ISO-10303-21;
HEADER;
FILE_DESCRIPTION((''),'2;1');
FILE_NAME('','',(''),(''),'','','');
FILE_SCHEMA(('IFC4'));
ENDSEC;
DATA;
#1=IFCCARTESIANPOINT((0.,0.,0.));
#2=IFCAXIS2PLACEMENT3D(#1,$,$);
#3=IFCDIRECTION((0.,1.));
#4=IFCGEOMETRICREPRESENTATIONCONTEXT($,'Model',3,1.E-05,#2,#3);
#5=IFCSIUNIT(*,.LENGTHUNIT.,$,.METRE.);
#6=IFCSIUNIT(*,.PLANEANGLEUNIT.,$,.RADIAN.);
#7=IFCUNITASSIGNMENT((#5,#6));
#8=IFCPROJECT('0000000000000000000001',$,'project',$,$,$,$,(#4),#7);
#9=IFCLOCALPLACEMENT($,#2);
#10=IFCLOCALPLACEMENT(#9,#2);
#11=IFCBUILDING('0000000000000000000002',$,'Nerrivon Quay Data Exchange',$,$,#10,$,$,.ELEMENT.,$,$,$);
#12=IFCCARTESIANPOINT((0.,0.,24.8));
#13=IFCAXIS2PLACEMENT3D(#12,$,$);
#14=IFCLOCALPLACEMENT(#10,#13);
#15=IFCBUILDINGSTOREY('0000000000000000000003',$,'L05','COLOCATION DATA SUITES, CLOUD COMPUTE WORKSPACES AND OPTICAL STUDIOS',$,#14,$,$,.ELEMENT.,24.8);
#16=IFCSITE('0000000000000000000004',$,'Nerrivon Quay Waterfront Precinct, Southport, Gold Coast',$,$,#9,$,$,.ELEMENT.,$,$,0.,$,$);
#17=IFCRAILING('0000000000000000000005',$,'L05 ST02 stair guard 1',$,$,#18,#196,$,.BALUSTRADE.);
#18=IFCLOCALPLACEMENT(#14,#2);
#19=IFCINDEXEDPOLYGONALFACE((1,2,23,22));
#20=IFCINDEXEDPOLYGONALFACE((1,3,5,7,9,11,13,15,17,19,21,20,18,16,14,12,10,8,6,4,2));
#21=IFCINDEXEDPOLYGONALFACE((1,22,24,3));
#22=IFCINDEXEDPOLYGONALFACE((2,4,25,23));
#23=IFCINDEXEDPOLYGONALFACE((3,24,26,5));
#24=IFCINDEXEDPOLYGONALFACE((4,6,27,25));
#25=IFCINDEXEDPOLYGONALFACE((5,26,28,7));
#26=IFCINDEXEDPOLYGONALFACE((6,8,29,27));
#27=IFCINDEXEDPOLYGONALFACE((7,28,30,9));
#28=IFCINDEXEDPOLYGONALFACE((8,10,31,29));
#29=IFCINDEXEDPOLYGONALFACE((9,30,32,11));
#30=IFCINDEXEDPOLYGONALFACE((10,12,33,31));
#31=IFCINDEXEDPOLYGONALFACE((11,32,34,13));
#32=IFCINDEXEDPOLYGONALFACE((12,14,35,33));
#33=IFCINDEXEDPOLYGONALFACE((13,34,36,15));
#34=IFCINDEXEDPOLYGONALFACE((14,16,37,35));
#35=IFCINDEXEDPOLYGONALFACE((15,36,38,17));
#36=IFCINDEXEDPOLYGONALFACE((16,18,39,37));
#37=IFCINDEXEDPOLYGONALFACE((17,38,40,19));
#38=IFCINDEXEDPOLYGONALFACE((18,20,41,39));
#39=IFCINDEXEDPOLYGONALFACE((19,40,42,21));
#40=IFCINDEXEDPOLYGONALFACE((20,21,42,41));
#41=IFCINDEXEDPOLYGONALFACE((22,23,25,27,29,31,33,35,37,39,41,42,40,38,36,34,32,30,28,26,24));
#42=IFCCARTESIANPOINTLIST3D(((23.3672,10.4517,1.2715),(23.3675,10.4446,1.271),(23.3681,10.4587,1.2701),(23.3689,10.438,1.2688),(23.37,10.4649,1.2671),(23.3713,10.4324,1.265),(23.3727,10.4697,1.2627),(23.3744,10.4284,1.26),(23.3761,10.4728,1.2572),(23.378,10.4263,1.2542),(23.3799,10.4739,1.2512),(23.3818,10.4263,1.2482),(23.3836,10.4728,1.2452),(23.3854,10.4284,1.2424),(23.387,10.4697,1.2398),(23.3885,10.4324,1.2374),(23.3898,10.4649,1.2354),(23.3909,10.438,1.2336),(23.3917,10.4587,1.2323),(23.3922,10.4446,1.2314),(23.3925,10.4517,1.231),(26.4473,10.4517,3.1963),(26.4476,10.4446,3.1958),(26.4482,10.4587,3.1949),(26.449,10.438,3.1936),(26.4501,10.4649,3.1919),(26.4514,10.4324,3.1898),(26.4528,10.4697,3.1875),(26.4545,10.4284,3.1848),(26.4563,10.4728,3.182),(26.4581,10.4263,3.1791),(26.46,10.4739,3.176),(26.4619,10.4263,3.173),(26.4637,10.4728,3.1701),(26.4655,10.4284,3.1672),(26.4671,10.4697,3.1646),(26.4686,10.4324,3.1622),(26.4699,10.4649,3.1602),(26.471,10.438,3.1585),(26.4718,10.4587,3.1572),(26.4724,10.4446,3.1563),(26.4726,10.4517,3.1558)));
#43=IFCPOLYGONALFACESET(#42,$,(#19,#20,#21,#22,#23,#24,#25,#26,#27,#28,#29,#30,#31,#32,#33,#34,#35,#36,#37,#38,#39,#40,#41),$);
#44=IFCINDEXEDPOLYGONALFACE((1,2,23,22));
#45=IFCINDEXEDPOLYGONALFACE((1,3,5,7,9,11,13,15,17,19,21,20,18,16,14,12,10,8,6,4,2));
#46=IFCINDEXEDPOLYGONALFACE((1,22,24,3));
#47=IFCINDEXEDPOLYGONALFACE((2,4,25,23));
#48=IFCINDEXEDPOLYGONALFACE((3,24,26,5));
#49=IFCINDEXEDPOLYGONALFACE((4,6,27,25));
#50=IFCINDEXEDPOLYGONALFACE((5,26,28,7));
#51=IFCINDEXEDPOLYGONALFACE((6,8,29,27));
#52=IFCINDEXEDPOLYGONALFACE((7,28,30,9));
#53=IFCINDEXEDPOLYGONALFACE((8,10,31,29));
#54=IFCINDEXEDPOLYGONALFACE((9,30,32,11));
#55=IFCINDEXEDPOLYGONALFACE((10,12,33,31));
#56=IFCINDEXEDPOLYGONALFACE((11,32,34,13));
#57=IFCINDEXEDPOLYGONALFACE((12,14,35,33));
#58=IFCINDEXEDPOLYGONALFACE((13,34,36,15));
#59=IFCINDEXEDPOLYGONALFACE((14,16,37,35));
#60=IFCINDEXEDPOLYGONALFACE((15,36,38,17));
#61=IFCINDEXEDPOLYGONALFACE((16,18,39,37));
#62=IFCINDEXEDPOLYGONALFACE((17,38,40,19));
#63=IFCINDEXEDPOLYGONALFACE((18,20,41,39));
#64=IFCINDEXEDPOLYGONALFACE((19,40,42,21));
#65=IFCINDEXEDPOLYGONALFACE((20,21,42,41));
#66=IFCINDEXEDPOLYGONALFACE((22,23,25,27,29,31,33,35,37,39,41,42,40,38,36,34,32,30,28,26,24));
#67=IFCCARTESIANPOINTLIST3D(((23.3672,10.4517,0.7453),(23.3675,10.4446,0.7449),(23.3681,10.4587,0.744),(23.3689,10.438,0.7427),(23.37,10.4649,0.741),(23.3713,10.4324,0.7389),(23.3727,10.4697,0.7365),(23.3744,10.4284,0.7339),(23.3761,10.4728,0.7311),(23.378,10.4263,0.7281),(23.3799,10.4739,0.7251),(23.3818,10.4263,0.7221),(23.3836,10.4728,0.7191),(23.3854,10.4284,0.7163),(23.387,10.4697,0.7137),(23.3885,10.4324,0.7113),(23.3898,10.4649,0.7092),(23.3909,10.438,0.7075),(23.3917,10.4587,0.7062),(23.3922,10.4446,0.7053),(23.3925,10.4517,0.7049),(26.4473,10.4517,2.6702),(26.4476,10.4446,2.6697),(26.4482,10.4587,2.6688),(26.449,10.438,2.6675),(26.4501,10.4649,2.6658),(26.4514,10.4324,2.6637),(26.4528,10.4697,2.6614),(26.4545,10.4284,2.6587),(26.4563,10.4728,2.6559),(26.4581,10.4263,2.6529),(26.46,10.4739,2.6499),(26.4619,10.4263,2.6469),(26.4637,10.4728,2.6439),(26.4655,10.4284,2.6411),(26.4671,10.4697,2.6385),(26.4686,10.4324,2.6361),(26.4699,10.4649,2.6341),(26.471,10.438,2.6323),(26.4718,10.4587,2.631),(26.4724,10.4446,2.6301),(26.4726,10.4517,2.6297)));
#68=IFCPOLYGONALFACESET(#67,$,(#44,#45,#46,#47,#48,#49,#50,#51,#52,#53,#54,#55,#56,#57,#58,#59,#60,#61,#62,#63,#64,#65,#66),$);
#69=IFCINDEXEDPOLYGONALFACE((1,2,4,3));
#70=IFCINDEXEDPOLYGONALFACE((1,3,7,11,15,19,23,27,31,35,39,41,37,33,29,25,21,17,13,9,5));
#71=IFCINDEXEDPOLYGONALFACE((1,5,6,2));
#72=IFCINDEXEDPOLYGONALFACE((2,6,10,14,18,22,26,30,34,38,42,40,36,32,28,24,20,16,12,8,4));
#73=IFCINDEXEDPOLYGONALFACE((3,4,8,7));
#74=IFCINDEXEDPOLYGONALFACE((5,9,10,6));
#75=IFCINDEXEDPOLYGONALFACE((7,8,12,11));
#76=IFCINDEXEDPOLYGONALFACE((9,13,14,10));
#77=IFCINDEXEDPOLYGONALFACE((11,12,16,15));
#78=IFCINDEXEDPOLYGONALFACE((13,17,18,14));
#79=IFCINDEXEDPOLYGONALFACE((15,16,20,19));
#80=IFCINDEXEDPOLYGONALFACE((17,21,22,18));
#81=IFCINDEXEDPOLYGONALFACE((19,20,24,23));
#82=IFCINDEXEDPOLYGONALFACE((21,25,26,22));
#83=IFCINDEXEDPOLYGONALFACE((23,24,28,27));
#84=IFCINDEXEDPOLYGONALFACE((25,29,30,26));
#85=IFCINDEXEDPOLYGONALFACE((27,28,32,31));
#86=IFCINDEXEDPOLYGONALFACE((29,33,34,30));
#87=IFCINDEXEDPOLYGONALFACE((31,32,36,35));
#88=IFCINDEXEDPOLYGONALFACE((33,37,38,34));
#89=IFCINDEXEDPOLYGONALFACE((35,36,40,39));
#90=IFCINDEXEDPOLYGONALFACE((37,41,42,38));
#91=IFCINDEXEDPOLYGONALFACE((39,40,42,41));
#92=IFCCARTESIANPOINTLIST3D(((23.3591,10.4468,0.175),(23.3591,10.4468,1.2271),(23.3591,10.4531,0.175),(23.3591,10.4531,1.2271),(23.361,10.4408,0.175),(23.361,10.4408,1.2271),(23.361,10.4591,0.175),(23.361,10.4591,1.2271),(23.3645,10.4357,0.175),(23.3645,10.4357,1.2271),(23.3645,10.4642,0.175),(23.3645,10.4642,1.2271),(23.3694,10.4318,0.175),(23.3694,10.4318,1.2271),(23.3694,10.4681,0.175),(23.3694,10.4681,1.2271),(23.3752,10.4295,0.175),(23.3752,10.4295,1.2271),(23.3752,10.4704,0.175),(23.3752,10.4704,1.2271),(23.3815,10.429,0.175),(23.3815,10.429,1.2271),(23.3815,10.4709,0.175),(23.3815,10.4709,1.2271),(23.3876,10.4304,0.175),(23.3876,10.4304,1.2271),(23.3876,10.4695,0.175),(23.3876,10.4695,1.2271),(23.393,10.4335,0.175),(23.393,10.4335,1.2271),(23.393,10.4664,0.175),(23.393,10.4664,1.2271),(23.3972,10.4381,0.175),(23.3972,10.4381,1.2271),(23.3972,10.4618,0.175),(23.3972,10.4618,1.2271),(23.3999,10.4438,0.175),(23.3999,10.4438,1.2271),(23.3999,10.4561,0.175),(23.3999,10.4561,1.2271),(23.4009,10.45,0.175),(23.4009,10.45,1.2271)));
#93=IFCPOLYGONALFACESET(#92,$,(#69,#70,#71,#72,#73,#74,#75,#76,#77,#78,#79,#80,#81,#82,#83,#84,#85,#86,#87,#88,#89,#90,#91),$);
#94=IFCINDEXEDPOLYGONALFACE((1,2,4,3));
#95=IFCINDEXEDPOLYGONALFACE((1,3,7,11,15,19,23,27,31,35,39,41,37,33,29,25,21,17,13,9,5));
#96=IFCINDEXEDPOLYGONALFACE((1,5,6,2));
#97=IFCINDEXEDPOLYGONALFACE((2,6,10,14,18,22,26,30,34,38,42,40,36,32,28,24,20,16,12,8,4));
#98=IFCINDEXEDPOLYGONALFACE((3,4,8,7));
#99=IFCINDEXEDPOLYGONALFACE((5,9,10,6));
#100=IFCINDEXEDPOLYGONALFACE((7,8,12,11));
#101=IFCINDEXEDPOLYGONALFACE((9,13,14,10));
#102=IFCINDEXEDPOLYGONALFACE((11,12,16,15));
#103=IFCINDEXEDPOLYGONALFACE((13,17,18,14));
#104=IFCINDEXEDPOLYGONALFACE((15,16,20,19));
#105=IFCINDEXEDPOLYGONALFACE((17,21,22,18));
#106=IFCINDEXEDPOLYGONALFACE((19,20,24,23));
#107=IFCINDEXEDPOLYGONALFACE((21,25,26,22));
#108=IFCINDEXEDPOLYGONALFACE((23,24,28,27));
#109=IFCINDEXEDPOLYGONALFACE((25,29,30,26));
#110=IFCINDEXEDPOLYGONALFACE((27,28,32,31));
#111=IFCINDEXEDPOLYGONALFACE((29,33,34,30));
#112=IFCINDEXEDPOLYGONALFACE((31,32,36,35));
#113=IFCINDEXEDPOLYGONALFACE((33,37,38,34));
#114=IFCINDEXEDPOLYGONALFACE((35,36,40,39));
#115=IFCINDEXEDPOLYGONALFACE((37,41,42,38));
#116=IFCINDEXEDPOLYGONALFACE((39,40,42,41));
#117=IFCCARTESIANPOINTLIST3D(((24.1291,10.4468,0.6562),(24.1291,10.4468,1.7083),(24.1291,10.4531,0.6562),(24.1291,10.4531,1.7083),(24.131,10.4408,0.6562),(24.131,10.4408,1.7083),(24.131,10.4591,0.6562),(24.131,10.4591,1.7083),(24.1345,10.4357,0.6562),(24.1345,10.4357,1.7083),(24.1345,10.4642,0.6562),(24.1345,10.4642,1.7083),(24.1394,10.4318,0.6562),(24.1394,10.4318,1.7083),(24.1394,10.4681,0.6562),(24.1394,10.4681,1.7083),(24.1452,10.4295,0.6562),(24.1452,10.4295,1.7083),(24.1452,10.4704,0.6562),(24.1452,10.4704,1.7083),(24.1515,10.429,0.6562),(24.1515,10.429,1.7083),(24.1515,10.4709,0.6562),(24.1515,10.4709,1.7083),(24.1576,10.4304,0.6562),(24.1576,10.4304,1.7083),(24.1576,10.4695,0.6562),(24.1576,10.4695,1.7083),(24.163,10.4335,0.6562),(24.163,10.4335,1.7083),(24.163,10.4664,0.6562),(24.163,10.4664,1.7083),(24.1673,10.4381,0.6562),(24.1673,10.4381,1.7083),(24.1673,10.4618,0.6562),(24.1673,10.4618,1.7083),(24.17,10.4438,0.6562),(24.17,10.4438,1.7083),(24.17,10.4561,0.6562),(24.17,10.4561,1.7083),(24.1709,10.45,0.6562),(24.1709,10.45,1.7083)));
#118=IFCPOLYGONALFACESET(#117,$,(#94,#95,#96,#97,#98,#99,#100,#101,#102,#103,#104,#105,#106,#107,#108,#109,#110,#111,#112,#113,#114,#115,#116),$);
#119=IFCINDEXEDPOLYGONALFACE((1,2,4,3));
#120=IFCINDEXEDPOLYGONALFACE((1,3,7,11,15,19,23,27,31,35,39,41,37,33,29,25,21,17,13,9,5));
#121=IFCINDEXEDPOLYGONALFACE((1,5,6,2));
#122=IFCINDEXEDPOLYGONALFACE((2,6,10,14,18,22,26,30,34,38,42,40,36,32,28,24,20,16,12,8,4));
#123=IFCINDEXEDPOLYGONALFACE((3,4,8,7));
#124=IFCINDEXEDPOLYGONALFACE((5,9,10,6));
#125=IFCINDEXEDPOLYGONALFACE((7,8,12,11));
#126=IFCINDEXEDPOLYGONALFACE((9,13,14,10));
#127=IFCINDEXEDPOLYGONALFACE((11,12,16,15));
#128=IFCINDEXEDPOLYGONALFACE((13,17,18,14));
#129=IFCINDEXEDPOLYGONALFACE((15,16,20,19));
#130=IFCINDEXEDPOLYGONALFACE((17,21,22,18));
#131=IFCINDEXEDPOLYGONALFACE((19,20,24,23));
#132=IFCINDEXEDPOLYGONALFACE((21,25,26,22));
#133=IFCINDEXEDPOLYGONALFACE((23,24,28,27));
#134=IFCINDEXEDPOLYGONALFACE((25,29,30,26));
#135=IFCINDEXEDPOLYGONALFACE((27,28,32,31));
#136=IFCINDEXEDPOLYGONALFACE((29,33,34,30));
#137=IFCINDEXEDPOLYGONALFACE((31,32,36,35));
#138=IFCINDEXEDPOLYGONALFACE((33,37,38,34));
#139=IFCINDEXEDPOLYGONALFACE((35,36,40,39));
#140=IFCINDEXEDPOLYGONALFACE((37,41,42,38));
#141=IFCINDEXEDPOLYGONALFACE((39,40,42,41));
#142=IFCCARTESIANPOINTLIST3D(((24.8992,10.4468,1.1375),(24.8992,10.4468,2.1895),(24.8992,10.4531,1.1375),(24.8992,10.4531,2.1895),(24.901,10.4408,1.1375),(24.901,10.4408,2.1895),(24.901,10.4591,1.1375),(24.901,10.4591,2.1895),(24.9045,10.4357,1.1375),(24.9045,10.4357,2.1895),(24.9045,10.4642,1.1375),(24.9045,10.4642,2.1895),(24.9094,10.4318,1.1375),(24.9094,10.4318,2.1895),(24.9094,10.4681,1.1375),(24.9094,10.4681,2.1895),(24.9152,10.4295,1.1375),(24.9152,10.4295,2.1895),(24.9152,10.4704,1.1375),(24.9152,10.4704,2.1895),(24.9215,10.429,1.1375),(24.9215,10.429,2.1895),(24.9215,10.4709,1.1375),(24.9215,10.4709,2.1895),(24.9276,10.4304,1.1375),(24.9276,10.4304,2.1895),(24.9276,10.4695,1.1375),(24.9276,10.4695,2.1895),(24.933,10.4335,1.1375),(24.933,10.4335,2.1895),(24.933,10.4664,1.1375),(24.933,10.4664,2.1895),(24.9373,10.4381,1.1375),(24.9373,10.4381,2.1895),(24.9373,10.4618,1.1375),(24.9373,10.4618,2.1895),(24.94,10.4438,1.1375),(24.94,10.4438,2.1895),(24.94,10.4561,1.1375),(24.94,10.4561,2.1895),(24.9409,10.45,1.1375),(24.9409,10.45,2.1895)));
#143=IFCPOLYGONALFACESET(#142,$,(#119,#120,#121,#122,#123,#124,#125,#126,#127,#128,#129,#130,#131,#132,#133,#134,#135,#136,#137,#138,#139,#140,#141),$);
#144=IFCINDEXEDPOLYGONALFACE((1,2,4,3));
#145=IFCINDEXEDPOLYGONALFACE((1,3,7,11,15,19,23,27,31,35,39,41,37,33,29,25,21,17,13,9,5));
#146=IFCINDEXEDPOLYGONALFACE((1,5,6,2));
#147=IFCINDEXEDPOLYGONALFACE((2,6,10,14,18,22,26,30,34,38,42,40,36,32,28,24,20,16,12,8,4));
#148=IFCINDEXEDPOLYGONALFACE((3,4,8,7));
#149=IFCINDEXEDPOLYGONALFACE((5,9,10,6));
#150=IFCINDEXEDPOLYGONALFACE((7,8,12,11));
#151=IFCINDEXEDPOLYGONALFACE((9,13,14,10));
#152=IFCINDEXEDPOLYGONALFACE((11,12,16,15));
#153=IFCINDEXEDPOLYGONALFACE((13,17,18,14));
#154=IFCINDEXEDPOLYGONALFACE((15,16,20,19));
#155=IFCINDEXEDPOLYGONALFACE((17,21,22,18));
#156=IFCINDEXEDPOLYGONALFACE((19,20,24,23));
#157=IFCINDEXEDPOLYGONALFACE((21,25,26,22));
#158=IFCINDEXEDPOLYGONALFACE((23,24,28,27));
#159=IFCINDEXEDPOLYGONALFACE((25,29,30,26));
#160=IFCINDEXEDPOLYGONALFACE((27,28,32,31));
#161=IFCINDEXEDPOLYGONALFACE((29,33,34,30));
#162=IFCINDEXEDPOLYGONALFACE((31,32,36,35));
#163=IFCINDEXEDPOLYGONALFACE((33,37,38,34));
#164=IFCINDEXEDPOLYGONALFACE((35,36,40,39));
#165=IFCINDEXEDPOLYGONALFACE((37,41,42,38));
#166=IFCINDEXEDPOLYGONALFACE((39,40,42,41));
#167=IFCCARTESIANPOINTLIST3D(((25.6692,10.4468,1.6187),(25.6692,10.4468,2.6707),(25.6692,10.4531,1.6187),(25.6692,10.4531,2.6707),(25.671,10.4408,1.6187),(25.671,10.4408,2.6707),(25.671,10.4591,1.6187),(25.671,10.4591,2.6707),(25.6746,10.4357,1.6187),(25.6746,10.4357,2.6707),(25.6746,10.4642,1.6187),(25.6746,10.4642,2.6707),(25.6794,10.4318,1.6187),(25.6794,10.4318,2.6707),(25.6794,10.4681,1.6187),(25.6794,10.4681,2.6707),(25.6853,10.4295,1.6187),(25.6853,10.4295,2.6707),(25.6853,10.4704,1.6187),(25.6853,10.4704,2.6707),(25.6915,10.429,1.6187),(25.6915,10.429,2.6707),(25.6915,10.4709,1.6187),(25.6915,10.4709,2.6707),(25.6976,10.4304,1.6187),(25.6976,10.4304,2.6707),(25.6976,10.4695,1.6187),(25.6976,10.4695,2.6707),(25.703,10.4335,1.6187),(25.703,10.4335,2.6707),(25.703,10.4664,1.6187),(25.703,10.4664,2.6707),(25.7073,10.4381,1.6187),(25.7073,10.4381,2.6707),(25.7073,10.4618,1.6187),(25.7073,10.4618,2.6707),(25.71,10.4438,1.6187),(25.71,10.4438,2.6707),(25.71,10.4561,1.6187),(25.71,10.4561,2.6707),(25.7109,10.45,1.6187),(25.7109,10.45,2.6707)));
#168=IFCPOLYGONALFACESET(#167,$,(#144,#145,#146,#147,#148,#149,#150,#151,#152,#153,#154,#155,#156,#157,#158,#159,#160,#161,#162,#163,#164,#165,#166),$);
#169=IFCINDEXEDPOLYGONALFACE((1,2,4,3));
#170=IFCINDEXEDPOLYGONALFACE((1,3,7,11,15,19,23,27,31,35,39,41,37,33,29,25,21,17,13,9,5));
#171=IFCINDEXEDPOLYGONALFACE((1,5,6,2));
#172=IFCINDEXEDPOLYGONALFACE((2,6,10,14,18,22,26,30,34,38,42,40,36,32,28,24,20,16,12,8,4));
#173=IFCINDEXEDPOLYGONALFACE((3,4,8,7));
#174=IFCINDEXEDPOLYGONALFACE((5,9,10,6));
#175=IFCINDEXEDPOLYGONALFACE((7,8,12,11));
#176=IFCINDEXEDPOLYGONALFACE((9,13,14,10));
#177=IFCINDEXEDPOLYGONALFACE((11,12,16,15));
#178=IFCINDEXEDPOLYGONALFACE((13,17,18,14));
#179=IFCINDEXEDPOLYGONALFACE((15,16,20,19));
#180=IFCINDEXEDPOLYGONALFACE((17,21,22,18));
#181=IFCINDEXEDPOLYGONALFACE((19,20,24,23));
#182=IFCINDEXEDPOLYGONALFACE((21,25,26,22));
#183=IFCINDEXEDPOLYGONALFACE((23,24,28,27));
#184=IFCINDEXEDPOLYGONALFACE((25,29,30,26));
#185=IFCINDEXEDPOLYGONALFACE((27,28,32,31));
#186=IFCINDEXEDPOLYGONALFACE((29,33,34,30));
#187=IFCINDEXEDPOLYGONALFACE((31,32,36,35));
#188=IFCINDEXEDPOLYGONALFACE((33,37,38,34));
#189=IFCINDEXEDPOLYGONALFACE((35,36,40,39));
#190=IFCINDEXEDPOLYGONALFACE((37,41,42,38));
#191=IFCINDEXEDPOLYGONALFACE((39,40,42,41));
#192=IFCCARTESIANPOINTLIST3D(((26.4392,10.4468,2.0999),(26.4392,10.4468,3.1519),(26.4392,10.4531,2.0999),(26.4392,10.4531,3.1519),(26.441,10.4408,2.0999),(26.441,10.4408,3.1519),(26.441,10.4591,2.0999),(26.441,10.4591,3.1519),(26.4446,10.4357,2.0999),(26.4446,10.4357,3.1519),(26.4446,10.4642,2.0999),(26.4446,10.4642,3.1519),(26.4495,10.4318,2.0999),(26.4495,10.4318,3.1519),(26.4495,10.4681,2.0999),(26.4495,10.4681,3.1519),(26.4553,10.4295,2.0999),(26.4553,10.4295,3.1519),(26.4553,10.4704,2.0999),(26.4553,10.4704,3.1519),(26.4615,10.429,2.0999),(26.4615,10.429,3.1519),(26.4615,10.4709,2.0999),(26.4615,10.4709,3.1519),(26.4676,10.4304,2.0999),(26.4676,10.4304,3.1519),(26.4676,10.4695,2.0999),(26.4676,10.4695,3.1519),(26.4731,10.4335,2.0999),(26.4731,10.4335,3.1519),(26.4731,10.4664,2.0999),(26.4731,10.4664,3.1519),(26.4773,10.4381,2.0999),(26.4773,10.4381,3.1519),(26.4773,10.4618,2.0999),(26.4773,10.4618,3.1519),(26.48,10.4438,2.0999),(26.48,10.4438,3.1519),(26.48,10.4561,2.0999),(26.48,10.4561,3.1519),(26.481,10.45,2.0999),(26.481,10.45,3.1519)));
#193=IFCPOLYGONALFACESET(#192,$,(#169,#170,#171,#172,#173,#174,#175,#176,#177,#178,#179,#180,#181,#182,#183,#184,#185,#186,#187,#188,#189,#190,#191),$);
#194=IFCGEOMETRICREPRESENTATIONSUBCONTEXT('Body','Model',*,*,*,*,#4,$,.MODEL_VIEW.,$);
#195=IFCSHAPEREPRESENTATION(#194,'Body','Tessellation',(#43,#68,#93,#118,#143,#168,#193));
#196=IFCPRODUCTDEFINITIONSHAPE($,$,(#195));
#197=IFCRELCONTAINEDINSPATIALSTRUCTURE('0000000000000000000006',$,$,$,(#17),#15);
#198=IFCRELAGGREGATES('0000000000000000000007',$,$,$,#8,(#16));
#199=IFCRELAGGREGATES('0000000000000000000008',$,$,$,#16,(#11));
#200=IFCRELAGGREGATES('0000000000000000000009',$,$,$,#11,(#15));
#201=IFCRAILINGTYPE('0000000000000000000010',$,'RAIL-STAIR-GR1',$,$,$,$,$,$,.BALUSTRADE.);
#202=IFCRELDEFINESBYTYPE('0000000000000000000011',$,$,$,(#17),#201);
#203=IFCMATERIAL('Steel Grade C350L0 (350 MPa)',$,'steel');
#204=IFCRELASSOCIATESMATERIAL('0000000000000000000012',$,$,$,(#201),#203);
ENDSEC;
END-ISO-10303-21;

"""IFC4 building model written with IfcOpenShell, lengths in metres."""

from ifc_helpers import new_model, si_unit, direction, frame, origin, origin_2d, place, context, subcontext, project, spatial, circle, extrude, material, type_object, element, save


model = new_model("IFC4")

# Units and contexts
model_context = context("Model", 3, precision=1e-05, world=origin(), true_north=direction((0.0, 1.0)))
body_context = subcontext(model_context, "Body", "Model", "MODEL_VIEW")
ifc_project = project(units=[si_unit("LENGTHUNIT", "METRE"), si_unit("PLANEANGLEUNIT", "RADIAN")], contexts=[model_context])

# Site, building, storey
site_placement = place(None, origin())
site = spatial("IfcSite", under=ifc_project, at=site_placement, Name="Nerrivon Quay Waterfront Precinct, Southport, Gold Coast", CompositionType="ELEMENT", RefElevation=0.0)
building_placement = place(site_placement, origin())
building = spatial("IfcBuilding", under=site, at=building_placement, Name="Nerrivon Quay Data Exchange", CompositionType="ELEMENT")
storey_placement = place(building_placement, frame((0.0, 0.0, 24.8)))
storey = spatial("IfcBuildingStorey", under=building, at=storey_placement, Name="L05", Description="COLOCATION DATA SUITES, CLOUD COMPUTE WORKSPACES AND OPTICAL STUDIOS", CompositionType="ELEMENT", Elevation=24.8)

# Railing
ifc_material_1 = material(Name="Steel Grade C350L0 (350 MPa)", Category="steel")
railing_type_1 = type_object("IfcRailingType", Name="RAIL-STAIR-GR1", PredefinedType="BALUSTRADE", material=ifc_material_1)
railing_1_placement = place(storey_placement, frame((23.3799, 10.45, 0.175)))
element("IfcRailing", 1, at=railing_1_placement, inside=storey, type_object=railing_type_1, Name="L05 ST02 stair guard 1", PredefinedType="BALUSTRADE", context=body_context, shape_type="SweptSolid", body=[
    extrude(circle(Radius=0.0239, at=origin_2d()), frame((0.0, 0.0, 1.0762), z_axis=(0.848029, 0.0, 0.529951), x_axis=(0.0, 1.0, 0.0)), (0.0, 0.0, 1.0), 3.6321),
    extrude(circle(Radius=0.0239, at=origin_2d()), frame((0.0, 0.0, 0.55), z_axis=(0.848029, 0.0, 0.529951), x_axis=(0.0, 1.0, 0.0)), (0.0, 0.0, 1.0), 3.6321),
    extrude(circle(Radius=0.021, at=origin_2d()), origin(), (0.0, 0.0, 1.0), 1.052),
    extrude(circle(Radius=0.021, at=origin_2d()), frame((0.77, 0.0, 0.4812)), (0.0, 0.0, 1.0), 1.052),
    extrude(circle(Radius=0.021, at=origin_2d()), frame((1.54, 0.0, 0.9624)), (0.0, 0.0, 1.0), 1.052),
    extrude(circle(Radius=0.021, at=origin_2d()), frame((2.3101, 0.0, 1.4436)), (0.0, 0.0, 1.0), 1.052),
    extrude(circle(Radius=0.021, at=origin_2d()), frame((3.0801, 0.0, 1.9248)), (0.0, 0.0, 1.0), 1.052),
])

save(model, "model.ifc")
